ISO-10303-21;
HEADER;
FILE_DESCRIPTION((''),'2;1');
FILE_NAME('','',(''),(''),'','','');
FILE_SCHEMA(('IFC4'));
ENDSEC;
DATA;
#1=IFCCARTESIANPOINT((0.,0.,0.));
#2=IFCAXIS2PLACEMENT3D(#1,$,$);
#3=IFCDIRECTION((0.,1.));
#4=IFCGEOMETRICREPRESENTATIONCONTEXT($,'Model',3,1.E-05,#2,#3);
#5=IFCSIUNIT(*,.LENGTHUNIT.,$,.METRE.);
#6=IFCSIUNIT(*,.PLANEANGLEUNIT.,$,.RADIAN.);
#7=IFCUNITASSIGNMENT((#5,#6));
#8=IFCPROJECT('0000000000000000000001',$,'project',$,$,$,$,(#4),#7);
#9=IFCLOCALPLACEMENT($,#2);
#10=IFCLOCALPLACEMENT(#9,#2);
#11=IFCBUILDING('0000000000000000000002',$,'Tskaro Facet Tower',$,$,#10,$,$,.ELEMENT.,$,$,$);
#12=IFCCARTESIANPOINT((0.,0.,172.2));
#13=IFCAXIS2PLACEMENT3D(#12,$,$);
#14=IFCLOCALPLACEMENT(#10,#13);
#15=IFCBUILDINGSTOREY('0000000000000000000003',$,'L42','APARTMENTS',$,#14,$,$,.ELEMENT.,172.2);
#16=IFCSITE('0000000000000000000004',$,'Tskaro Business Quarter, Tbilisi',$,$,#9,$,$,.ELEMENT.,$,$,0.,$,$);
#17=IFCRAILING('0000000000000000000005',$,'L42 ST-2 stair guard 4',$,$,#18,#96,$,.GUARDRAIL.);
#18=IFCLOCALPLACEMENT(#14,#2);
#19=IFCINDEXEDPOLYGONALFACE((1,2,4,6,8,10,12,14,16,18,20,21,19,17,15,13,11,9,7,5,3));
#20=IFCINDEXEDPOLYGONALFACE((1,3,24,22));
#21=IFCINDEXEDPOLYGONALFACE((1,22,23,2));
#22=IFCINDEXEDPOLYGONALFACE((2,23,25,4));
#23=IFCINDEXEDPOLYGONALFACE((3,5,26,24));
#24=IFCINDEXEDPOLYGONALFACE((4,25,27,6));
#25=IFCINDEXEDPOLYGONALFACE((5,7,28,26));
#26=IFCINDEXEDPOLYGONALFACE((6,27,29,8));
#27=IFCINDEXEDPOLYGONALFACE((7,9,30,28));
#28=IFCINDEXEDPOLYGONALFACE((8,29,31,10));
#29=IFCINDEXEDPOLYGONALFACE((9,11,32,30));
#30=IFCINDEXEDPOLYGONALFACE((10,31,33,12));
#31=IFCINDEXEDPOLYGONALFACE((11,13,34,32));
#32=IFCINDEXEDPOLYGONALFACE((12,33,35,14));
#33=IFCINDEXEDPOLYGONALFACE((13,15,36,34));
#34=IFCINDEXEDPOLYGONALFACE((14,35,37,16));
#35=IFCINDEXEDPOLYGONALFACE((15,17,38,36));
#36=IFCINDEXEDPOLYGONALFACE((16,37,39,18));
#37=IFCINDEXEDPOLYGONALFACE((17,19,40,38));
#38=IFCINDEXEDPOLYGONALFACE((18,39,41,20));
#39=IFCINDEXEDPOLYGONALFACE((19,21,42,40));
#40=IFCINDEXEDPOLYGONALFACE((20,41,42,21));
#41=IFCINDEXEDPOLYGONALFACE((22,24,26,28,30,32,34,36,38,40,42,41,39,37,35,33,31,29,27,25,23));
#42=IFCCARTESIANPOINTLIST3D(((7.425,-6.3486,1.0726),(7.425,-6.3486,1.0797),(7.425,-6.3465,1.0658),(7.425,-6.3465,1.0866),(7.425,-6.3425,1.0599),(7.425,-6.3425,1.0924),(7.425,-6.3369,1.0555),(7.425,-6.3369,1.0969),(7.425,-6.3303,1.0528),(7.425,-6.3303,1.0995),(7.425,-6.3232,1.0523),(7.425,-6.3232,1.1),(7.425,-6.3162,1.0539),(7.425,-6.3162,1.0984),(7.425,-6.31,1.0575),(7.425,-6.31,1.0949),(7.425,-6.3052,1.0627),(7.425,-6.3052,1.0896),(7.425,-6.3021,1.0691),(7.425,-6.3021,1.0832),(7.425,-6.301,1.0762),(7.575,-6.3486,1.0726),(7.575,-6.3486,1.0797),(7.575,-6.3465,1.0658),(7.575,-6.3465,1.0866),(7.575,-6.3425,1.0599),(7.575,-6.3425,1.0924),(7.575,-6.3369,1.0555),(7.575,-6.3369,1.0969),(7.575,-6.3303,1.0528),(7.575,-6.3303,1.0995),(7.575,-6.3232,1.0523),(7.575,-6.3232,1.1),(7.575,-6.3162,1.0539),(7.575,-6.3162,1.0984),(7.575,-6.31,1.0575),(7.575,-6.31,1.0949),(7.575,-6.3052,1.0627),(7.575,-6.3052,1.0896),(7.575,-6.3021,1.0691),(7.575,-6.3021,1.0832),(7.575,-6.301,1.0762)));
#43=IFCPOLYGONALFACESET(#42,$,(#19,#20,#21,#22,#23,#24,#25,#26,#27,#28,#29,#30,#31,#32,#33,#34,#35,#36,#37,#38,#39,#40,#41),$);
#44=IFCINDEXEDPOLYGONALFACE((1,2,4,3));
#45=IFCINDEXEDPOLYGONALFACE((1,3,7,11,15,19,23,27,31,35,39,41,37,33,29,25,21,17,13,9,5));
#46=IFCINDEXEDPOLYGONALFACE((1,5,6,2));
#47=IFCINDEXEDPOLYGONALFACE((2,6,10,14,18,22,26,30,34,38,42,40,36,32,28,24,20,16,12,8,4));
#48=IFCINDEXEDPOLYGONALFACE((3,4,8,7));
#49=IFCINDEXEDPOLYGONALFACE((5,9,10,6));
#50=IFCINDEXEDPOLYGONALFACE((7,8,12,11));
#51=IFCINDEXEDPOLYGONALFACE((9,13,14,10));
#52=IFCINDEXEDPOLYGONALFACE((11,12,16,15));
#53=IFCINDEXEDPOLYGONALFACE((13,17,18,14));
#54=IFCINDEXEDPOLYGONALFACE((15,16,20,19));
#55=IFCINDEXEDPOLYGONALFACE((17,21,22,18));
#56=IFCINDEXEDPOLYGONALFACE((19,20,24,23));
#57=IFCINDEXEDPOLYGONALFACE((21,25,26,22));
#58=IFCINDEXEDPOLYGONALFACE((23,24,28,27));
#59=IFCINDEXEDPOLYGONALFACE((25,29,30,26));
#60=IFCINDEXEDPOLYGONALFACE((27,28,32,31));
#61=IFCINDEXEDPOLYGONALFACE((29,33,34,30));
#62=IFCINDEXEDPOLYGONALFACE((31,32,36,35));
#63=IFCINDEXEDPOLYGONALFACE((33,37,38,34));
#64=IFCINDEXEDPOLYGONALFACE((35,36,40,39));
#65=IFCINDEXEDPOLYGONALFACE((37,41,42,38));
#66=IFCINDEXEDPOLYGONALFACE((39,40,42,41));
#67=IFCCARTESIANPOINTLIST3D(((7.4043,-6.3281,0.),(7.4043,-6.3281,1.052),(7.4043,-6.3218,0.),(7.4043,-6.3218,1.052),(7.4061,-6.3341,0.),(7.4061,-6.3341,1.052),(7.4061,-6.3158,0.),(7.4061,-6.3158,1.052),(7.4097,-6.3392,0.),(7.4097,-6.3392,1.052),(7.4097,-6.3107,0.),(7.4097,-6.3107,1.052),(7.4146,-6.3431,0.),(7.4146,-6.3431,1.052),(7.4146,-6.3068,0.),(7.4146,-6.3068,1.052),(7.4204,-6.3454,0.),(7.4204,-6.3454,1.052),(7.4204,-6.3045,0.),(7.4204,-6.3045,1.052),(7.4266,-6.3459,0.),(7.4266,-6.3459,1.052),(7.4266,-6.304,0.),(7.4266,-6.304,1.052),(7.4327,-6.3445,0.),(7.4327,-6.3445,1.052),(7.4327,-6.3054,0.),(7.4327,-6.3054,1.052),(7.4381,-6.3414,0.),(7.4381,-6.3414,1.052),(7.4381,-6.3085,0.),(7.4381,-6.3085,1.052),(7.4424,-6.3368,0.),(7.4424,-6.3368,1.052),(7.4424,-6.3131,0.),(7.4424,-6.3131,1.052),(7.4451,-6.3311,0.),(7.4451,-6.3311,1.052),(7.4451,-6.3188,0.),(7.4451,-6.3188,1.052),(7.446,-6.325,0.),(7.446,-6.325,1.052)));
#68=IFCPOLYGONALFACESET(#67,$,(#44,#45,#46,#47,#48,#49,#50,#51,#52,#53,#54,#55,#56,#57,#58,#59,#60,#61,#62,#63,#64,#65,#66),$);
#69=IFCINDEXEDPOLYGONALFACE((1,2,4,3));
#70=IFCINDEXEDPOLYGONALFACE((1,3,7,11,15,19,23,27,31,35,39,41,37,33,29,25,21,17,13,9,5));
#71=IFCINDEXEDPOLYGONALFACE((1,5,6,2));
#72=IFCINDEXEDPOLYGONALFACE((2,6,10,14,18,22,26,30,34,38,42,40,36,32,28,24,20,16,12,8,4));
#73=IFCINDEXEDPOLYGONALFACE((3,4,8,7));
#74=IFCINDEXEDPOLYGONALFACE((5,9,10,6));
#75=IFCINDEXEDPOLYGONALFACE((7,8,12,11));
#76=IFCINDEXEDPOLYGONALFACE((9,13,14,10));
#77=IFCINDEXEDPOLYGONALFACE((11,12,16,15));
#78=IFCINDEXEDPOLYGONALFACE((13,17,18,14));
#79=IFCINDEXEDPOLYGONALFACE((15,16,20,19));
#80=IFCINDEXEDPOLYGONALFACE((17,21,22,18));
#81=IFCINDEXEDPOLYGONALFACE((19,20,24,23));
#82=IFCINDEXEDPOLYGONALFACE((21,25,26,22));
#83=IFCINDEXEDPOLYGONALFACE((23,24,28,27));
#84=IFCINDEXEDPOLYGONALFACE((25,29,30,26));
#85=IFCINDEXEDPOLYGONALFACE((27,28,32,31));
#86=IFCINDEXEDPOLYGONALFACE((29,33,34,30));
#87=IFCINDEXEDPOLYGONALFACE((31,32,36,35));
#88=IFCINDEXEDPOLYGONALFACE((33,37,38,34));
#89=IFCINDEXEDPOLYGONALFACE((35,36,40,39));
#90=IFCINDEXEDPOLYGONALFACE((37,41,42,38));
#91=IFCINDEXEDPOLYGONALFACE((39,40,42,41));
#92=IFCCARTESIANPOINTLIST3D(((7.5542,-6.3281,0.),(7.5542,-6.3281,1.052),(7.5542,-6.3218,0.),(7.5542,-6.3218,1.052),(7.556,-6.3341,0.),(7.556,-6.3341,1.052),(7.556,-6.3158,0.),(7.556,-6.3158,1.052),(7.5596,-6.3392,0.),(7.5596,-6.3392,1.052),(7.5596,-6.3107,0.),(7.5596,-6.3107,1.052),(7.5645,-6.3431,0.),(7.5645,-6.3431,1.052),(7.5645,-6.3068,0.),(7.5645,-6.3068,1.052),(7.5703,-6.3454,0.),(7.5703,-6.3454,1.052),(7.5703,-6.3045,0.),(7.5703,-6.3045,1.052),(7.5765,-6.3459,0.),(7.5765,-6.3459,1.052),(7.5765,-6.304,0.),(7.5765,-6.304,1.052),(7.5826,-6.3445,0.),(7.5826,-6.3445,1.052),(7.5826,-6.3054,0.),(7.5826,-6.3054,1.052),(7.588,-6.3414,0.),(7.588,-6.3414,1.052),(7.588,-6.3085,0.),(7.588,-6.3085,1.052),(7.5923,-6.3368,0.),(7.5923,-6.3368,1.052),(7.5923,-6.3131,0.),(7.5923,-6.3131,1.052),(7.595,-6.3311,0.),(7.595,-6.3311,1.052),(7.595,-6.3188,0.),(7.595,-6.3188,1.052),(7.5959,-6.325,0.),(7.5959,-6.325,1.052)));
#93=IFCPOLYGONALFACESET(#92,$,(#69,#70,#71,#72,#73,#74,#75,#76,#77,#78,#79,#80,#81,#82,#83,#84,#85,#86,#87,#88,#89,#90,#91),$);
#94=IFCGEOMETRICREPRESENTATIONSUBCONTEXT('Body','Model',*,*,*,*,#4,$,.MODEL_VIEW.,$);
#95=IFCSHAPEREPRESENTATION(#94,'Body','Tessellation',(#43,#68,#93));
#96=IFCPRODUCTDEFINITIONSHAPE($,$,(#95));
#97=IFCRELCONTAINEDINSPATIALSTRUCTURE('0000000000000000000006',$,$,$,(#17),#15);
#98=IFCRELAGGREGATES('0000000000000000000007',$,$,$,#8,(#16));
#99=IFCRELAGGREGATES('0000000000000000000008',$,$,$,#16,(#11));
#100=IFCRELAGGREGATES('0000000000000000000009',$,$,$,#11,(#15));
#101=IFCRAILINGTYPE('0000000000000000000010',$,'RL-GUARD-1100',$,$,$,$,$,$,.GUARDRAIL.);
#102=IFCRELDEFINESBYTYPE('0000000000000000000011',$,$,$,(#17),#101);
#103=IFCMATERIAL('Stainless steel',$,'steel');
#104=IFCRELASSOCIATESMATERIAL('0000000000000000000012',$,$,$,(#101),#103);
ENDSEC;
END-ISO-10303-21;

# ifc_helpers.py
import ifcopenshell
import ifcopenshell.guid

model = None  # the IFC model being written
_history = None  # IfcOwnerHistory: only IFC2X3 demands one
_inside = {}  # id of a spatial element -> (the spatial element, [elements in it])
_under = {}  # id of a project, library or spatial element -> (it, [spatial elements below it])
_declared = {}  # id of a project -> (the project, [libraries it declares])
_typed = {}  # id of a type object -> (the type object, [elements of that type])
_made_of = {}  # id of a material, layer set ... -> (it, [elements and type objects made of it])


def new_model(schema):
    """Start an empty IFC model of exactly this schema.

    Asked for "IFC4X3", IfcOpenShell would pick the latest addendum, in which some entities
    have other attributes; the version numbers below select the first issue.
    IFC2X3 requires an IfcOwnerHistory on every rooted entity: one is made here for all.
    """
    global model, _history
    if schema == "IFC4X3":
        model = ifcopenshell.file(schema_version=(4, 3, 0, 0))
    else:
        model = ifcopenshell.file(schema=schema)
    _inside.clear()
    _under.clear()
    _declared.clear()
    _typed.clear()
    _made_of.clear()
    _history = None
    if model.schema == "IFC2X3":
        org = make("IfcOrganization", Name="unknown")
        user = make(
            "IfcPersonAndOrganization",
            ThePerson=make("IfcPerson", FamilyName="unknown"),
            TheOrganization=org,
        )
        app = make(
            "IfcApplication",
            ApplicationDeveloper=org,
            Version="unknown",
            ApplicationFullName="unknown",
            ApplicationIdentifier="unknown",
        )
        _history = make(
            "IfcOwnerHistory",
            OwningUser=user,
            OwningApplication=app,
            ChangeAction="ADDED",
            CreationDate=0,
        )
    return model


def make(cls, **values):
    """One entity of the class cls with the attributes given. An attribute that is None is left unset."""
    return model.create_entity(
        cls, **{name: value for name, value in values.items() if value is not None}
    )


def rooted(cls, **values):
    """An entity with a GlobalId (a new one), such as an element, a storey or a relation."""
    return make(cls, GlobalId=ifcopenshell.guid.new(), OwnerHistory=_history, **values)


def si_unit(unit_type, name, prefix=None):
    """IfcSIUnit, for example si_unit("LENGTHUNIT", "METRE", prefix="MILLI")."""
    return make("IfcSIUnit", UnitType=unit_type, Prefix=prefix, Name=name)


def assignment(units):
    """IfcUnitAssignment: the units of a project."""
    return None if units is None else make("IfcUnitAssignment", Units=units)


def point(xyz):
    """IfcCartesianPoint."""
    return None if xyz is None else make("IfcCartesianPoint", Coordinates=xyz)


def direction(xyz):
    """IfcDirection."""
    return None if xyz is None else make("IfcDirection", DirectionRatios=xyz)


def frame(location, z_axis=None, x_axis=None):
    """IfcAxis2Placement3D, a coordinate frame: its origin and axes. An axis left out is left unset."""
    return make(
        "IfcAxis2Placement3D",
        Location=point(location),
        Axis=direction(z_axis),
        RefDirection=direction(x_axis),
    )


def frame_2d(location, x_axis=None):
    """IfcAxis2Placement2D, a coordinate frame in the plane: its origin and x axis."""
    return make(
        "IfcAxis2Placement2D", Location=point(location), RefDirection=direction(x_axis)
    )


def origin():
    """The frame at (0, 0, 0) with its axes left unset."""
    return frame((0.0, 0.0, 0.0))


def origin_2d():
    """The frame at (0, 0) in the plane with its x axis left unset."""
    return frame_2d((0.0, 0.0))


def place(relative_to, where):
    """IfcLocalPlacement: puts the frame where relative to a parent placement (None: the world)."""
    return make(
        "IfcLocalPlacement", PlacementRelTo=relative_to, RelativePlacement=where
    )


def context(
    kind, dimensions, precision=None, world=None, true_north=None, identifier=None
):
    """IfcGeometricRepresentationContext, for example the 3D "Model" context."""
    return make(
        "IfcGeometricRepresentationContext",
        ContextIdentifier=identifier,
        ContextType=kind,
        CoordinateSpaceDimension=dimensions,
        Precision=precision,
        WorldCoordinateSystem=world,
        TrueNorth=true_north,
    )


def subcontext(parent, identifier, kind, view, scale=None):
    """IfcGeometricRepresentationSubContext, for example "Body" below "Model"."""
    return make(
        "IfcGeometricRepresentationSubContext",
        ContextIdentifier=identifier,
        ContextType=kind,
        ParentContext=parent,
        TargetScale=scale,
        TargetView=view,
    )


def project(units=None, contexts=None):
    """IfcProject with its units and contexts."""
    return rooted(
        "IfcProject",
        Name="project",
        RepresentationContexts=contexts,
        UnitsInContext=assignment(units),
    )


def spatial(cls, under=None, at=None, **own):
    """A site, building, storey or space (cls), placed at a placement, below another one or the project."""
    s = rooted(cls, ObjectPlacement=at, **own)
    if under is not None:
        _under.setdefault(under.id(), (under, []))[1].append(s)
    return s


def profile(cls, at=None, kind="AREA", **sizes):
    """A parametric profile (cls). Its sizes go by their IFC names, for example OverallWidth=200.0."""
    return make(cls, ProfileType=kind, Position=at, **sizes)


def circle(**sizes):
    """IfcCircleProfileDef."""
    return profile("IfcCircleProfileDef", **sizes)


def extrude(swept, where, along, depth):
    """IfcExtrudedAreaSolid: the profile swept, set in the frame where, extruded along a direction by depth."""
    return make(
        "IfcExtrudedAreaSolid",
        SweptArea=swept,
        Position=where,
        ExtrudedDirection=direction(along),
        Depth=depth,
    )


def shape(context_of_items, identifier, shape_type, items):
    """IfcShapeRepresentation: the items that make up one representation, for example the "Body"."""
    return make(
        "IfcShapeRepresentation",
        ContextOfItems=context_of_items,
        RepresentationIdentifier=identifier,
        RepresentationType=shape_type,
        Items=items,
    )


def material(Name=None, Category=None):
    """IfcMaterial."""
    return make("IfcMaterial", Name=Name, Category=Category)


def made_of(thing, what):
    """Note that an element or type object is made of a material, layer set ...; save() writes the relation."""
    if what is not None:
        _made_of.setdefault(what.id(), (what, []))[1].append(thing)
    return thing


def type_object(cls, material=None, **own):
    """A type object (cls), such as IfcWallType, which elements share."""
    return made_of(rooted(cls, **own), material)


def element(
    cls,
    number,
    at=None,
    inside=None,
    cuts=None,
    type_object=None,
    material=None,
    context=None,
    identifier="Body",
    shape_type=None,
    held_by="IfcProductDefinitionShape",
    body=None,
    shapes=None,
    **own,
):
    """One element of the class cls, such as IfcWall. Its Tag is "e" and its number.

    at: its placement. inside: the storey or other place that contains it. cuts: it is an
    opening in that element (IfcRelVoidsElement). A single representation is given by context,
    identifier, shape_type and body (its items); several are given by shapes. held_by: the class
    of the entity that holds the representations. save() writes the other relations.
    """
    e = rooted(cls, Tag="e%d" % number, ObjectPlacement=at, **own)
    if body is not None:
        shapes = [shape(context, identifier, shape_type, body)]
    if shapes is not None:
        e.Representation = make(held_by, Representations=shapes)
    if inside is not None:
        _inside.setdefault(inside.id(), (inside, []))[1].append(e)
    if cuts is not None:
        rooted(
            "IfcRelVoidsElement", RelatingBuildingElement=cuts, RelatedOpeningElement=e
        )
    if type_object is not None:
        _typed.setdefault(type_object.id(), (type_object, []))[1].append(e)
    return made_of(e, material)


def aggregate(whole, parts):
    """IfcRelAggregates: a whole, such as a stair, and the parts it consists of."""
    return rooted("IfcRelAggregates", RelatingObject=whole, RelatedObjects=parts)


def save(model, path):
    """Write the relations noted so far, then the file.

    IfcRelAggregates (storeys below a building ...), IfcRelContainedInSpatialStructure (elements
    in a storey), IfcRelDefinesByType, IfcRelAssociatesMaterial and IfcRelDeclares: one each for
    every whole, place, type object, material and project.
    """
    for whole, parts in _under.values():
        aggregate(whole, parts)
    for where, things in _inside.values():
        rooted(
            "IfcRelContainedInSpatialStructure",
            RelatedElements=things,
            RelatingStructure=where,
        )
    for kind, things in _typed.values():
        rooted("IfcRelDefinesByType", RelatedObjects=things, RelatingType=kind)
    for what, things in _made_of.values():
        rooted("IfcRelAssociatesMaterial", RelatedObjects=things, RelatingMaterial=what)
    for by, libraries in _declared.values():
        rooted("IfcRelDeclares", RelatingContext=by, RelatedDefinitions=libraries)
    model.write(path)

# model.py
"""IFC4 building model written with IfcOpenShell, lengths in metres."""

from ifc_helpers import new_model, si_unit, direction, frame, origin, origin_2d, place, context, subcontext, project, spatial, circle, extrude, material, type_object, element, save


model = new_model("IFC4")

# Units and contexts
model_context = context("Model", 3, precision=1e-05, world=origin(), true_north=direction((0.0, 1.0)))
body_context = subcontext(model_context, "Body", "Model", "MODEL_VIEW")
ifc_project = project(units=[si_unit("LENGTHUNIT", "METRE"), si_unit("PLANEANGLEUNIT", "RADIAN")], contexts=[model_context])

# Site, building, storey
site_placement = place(None, origin())
site = spatial("IfcSite", under=ifc_project, at=site_placement, Name="Tskaro Business Quarter, Tbilisi", CompositionType="ELEMENT", RefElevation=0.0)
building_placement = place(site_placement, origin())
building = spatial("IfcBuilding", under=site, at=building_placement, Name="Tskaro Facet Tower", CompositionType="ELEMENT")
storey_placement = place(building_placement, frame((0.0, 0.0, 172.2)))
storey = spatial("IfcBuildingStorey", under=building, at=storey_placement, Name="L42", Description="APARTMENTS", CompositionType="ELEMENT", Elevation=172.2)

# Shared definitions
ifc_material_1 = material(Name="Stainless steel", Category="steel")

# Railing
railing_type_1 = type_object("IfcRailingType", Name="RL-GUARD-1100", PredefinedType="GUARDRAIL", material=ifc_material_1)
railing_1_placement = place(storey_placement, frame((7.425, -6.325, 0.0)))
element("IfcRailing", 1, at=railing_1_placement, inside=storey, type_object=railing_type_1, Name="L42 ST-2 stair guard 4", PredefinedType="GUARDRAIL", context=body_context, shape_type="SweptSolid", body=[
    extrude(circle(Radius=0.0239, at=origin_2d()), frame((0.0, 0.0, 1.0762), z_axis=(1.0, 0.0, 0.0), x_axis=(0.0, 1.0, 0.0)), (0.0, 0.0, 1.0), 0.1499),
    extrude(circle(Radius=0.021, at=origin_2d()), origin(), (0.0, 0.0, 1.0), 1.052),
    extrude(circle(Radius=0.021, at=origin_2d()), frame((0.1499, 0.0, 0.0)), (0.0, 0.0, 1.0), 1.052),
])

save(model, "model.ifc")
